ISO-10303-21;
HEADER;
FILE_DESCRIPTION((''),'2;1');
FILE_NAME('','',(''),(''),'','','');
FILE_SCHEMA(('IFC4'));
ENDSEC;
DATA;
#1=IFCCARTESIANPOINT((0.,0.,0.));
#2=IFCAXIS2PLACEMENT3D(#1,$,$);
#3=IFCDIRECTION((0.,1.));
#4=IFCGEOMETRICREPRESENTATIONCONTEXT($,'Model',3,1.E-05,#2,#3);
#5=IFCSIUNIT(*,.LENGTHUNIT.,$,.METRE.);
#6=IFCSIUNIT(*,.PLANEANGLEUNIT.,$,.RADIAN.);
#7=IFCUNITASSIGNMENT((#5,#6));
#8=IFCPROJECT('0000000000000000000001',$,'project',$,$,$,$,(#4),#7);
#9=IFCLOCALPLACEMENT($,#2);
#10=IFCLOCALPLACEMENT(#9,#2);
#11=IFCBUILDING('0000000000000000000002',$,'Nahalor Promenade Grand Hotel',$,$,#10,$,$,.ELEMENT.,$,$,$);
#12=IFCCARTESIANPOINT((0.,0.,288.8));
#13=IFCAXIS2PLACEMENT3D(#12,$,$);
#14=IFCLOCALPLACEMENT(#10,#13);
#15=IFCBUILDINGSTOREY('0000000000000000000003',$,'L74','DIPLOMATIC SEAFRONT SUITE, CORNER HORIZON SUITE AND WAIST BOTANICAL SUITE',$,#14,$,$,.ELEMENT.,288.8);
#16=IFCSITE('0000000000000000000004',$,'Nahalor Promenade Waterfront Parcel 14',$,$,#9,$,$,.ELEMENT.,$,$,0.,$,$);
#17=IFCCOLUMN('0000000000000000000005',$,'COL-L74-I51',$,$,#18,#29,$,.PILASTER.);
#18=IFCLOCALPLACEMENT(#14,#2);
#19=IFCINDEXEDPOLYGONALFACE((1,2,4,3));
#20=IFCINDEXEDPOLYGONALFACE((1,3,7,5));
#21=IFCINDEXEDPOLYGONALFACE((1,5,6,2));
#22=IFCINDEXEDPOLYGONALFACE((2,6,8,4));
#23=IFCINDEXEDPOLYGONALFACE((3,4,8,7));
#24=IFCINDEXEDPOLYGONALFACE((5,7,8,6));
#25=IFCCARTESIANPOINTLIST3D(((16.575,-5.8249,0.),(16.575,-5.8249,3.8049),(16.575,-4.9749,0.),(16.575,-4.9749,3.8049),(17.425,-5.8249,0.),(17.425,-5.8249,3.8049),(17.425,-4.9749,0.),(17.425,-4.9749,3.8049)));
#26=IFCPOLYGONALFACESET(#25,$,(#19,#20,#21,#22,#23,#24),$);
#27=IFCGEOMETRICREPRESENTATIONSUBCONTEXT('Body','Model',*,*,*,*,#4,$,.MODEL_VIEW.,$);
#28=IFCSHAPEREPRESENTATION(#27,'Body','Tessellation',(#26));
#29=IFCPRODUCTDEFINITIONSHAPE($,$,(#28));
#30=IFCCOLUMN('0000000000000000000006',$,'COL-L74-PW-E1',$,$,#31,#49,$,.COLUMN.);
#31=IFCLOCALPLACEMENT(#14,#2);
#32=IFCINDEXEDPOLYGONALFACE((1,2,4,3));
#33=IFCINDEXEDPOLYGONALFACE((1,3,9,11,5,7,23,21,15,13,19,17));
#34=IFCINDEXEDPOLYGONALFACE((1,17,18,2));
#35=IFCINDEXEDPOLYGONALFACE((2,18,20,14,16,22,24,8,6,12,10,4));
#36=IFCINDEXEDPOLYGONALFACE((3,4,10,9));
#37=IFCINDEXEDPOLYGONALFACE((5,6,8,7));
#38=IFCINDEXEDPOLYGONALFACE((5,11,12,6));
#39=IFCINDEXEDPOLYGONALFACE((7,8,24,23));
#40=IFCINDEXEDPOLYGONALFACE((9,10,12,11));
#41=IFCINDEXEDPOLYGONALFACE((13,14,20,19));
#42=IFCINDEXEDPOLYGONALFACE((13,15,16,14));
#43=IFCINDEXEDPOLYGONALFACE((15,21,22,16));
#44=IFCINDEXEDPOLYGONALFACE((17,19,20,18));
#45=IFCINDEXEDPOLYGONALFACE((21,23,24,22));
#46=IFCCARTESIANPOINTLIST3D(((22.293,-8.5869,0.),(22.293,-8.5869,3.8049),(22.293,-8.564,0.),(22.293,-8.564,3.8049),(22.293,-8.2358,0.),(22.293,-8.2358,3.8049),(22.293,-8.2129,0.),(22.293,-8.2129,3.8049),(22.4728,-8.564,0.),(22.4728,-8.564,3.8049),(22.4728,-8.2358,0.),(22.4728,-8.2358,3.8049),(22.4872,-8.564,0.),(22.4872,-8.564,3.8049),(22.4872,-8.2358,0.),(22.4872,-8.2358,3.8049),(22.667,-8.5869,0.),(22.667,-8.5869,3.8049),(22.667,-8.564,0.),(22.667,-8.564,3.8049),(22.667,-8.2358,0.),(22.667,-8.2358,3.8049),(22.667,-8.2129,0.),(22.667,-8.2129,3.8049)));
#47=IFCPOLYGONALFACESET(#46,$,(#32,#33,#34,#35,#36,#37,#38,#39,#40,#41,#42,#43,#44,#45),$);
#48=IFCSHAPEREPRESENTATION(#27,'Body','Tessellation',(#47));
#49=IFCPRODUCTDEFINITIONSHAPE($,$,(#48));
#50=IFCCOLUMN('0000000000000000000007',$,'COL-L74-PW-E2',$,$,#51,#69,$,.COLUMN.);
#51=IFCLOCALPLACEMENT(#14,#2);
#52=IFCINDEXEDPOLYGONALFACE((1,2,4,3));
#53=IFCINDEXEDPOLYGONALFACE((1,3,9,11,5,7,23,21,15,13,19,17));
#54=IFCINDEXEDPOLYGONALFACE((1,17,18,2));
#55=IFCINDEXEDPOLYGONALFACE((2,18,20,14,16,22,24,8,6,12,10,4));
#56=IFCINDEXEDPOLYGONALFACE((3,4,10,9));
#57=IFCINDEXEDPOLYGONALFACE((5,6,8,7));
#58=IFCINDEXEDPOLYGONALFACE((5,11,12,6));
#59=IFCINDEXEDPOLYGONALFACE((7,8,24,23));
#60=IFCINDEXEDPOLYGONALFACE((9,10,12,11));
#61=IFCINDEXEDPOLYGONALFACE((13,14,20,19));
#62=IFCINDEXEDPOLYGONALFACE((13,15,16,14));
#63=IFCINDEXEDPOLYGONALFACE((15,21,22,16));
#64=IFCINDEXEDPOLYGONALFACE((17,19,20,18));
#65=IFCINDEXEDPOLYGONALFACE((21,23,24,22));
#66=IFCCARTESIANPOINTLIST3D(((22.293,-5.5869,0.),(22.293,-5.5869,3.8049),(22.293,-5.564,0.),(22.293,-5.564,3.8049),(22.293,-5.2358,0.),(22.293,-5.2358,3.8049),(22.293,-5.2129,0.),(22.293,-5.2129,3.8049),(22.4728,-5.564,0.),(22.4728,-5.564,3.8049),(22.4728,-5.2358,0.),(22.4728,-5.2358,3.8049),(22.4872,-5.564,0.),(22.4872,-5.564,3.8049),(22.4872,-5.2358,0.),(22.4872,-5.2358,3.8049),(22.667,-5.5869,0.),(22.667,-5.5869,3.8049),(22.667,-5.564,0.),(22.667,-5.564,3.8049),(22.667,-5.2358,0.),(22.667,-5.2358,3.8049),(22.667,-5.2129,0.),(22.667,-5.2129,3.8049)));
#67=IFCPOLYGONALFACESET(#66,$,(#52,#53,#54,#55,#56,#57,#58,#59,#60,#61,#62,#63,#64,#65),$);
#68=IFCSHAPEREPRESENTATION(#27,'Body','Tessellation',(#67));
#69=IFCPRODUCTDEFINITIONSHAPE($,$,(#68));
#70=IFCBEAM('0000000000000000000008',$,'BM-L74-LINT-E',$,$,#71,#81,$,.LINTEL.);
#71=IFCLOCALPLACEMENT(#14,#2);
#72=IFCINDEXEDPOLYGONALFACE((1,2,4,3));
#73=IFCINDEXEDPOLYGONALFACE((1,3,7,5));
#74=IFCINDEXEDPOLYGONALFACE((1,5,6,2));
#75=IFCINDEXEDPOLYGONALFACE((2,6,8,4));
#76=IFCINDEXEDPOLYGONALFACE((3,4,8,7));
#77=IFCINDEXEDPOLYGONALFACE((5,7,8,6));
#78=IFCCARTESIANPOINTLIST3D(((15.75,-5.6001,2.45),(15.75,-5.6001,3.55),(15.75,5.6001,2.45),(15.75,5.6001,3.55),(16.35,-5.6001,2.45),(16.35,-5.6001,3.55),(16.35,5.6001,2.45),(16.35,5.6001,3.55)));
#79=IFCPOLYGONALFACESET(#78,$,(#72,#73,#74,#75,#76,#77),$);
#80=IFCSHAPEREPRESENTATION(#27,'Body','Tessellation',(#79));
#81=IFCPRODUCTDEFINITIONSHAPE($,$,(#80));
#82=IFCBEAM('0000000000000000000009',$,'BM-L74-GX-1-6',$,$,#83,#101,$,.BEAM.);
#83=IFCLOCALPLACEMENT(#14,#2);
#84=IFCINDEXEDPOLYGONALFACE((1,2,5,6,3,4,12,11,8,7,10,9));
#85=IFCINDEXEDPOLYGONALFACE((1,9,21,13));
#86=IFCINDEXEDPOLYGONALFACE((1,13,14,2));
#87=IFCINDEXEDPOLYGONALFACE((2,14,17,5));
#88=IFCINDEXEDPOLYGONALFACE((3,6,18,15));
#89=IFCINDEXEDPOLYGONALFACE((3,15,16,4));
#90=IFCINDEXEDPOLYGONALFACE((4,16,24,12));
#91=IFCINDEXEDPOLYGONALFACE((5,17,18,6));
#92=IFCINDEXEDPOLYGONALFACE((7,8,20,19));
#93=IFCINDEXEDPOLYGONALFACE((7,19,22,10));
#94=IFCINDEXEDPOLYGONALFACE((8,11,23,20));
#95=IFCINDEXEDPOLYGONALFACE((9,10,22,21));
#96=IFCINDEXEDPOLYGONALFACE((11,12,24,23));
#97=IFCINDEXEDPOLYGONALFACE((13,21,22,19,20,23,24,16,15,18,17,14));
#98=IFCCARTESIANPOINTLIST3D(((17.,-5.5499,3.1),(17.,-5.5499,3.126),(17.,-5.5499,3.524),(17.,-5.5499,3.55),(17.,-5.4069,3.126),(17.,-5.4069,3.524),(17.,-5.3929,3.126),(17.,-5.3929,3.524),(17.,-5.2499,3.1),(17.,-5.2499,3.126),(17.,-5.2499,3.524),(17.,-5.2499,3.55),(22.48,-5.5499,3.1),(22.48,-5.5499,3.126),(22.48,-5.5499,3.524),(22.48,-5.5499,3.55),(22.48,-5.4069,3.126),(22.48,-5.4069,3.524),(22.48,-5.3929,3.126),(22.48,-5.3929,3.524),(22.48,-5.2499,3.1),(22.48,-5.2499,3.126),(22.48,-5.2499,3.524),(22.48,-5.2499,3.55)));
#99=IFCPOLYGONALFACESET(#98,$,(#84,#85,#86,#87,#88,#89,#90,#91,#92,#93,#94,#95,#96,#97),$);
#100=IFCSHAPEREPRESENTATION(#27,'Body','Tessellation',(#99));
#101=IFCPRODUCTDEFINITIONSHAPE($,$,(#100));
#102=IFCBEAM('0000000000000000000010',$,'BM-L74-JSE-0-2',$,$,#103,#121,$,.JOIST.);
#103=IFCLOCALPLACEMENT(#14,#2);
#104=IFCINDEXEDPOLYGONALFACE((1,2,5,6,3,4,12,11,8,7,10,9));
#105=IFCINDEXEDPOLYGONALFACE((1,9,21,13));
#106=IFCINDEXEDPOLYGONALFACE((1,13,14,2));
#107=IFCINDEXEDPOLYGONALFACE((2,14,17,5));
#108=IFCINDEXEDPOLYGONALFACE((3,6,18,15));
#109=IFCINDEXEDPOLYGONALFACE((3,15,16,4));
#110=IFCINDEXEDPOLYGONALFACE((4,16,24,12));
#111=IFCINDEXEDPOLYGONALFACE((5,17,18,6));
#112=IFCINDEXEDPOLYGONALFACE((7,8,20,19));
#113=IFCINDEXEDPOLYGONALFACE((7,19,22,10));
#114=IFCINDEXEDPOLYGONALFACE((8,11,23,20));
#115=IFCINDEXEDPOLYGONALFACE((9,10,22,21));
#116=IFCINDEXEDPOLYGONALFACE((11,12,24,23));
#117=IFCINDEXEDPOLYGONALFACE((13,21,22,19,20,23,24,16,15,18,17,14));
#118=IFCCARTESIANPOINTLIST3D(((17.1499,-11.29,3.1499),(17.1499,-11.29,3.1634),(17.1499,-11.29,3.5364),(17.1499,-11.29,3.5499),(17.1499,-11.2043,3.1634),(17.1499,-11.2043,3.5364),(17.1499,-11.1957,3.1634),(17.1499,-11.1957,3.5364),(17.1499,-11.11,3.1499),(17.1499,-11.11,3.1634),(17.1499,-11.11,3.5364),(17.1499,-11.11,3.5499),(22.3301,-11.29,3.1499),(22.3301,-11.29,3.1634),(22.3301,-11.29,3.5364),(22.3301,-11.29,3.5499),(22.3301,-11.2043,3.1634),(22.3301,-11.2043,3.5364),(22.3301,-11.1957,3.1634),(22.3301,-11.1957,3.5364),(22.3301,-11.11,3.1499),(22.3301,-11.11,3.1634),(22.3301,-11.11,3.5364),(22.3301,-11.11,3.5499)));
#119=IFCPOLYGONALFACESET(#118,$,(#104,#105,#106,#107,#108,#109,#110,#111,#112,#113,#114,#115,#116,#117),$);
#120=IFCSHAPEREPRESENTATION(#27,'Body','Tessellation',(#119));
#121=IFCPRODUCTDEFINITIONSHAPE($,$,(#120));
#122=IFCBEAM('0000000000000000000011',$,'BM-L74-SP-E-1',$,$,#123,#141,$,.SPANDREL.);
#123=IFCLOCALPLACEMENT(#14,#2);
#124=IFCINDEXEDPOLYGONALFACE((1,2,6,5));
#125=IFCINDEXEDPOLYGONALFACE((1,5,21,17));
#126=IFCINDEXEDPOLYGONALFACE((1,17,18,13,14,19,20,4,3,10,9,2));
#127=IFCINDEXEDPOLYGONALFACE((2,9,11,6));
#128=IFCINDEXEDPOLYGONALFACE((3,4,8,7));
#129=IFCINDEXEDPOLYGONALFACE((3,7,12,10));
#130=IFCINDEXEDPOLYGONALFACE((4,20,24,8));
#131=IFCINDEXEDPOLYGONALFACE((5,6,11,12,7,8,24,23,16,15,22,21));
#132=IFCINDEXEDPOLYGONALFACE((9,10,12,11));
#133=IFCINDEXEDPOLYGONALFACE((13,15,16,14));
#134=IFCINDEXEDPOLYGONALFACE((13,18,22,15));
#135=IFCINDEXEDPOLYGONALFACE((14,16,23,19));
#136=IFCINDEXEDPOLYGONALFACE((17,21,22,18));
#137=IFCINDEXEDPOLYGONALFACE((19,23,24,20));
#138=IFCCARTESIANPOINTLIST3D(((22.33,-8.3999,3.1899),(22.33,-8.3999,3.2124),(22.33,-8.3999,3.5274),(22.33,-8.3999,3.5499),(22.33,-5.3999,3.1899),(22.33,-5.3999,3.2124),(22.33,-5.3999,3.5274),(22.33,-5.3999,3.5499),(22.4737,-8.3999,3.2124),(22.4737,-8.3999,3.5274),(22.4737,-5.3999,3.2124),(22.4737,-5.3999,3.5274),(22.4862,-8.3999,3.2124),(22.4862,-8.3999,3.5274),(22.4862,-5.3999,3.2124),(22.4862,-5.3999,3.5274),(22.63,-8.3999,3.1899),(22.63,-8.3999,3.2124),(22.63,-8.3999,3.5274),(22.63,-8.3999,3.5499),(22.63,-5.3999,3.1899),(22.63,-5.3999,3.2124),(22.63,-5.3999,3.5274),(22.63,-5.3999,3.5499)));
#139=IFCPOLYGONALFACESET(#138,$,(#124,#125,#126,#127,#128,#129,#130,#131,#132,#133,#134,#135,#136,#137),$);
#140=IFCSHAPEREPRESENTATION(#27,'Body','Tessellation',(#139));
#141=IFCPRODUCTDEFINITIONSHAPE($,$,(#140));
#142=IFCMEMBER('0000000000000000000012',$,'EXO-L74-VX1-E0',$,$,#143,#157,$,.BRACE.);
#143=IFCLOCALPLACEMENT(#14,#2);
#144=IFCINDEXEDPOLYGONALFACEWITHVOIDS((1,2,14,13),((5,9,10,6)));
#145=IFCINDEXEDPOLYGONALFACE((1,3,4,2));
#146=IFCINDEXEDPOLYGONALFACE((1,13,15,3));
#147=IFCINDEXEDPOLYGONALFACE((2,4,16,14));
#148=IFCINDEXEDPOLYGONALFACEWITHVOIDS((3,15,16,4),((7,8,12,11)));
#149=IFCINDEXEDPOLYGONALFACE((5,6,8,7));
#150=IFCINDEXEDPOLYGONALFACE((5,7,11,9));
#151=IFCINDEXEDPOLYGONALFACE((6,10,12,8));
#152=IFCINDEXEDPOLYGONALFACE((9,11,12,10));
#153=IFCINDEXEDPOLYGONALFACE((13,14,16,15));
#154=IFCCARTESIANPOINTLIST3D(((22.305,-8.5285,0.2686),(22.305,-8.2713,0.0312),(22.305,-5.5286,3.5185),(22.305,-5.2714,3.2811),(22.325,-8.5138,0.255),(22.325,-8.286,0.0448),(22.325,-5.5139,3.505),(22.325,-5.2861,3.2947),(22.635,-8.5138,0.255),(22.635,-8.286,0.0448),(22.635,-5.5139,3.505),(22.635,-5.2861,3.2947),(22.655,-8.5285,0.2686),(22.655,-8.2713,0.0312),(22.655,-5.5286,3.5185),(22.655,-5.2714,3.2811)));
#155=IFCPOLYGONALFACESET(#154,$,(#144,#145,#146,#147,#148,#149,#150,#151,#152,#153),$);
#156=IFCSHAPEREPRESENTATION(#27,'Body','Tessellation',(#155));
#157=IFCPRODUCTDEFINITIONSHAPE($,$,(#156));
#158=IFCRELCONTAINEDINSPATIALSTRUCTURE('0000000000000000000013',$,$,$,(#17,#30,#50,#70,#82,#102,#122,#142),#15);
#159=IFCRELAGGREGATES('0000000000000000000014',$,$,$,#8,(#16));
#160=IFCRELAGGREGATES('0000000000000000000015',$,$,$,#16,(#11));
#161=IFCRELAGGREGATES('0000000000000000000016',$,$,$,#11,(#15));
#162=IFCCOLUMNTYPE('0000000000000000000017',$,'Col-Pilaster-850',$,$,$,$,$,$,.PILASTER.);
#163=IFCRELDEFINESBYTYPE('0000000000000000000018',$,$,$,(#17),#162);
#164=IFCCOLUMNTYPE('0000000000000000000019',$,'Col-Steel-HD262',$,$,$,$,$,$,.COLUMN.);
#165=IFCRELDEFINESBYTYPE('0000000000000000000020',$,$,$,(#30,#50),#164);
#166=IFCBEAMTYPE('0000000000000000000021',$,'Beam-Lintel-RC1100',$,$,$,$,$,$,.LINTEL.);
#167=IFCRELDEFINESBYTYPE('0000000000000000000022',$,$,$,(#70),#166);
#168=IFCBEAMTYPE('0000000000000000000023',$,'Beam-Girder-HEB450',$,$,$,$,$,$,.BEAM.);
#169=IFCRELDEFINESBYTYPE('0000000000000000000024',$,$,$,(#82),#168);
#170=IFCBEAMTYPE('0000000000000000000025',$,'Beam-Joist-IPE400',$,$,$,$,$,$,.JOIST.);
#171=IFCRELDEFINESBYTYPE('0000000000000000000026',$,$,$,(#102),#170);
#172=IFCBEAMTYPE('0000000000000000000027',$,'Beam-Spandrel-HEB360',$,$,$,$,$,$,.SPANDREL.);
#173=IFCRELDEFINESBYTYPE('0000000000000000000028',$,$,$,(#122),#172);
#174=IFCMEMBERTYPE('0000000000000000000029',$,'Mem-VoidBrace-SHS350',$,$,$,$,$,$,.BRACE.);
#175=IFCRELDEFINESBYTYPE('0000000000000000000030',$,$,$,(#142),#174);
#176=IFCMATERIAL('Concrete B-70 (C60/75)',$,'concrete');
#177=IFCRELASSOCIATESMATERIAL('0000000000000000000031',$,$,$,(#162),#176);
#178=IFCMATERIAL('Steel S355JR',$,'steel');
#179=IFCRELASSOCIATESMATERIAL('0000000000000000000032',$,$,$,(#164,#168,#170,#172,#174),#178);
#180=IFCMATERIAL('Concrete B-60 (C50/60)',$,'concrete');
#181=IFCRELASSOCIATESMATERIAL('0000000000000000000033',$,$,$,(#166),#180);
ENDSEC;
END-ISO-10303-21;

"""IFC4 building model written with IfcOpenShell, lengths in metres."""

from ifc_helpers import new_model, si_unit, direction, frame, origin, origin_2d, place, context, subcontext, project, spatial, rectangle, hollow_rectangle, i_section, extrude, source, transform, mapped, material, material_profile, profile_set, type_object, element, save


model = new_model("IFC4")

# Units and contexts
model_context = context("Model", 3, precision=1e-05, world=origin(), true_north=direction((0.0, 1.0)))
body_context = subcontext(model_context, "Body", "Model", "MODEL_VIEW")
ifc_project = project(units=[si_unit("LENGTHUNIT", "METRE"), si_unit("PLANEANGLEUNIT", "RADIAN")], contexts=[model_context])

# Site, building, storey
site_placement = place(None, origin())
site = spatial("IfcSite", under=ifc_project, at=site_placement, Name="Nahalor Promenade Waterfront Parcel 14", CompositionType="ELEMENT", RefElevation=0.0)
building_placement = place(site_placement, origin())
building = spatial("IfcBuilding", under=site, at=building_placement, Name="Nahalor Promenade Grand Hotel", CompositionType="ELEMENT")
storey_placement = place(building_placement, frame((0.0, 0.0, 288.8)))
storey = spatial("IfcBuildingStorey", under=building, at=storey_placement, Name="L74", Description="DIPLOMATIC SEAFRONT SUITE, CORNER HORIZON SUITE AND WAIST BOTANICAL SUITE", CompositionType="ELEMENT", Elevation=288.8)

# Columns
ifc_material_1 = material(Name="Concrete B-70 (C60/75)", Category="concrete")
ifc_material_profile_1 = material_profile(ifc_material_1, rectangle(XDim=0.85, YDim=0.85, at=origin_2d()), Name="RC 850x850")
ifc_profile_set_1 = profile_set([ifc_material_profile_1], Name="Concrete B-70 (C60/75)")
column_type_1 = type_object("IfcColumnType", Name="Col-Pilaster-850", PredefinedType="PILASTER", material=ifc_profile_set_1)
shared_shape_1 = source(origin(), body_context, "Body", "SweptSolid", [
    extrude(rectangle(XDim=0.85, YDim=0.85, at=origin_2d()), origin(), (0.0, 0.0, 1.0), 3.8049),
])
column_placement = place(storey_placement, frame((17.0, -5.3999, 0.0), z_axis=(0.0, 0.0, 1.0), x_axis=(1.0, 0.0, 0.0)))
element("IfcColumn", 1, at=column_placement, inside=storey, type_object=column_type_1, Name="COL-L74-I51", PredefinedType="PILASTER", context=body_context, shape_type="MappedRepresentation", body=[
    mapped(shared_shape_1, transform((0.0, 0.0, 0.0), scale=1.0)),
])
ifc_material_2 = material(Name="Steel S355JR", Category="steel")
ifc_material_profile_2 = material_profile(ifc_material_2, i_section(OverallWidth=0.374, OverallDepth=0.374, WebThickness=0.0144, FlangeThickness=0.0229, at=origin_2d()), Name="HD 360x262")
ifc_profile_set_2 = profile_set([ifc_material_profile_2], Name="Steel S355JR")
column_type_2 = type_object("IfcColumnType", Name="Col-Steel-HD262", PredefinedType="COLUMN", material=ifc_profile_set_2)
shared_shape_2 = source(origin(), body_context, "Body", "SweptSolid", [
    extrude(i_section(OverallWidth=0.374, OverallDepth=0.374, WebThickness=0.0144, FlangeThickness=0.0229, at=origin_2d()), origin(), (0.0, 0.0, 1.0), 3.8049),
])
for number, where, z_axis, x_axis, name in (
    (2, (22.48, -8.3999, 0.0), (0.0, 0.0, 1.0), (1.0, 0.0, 0.0), "COL-L74-PW-E1"),
    (3, (22.48, -5.3999, 0.0), (0.0, 0.0, 1.0), (1.0, 0.0, 0.0), "COL-L74-PW-E2"),
):
    element("IfcColumn", number, at=place(storey_placement, frame(where, z_axis=z_axis, x_axis=x_axis)), inside=storey, type_object=column_type_2, Name=name, PredefinedType="COLUMN", context=body_context, shape_type="MappedRepresentation", body=[
        mapped(shared_shape_2, transform((0.0, 0.0, 0.0), scale=1.0)),
    ])

# Beams
ifc_material_3 = material(Name="Concrete B-60 (C50/60)", Category="concrete")
ifc_material_profile_3 = material_profile(ifc_material_3, rectangle(XDim=0.6, YDim=1.1, at=origin_2d()), Name="RC 600x1100")
ifc_profile_set_3 = profile_set([ifc_material_profile_3], Name="Concrete B-60 (C50/60)")
beam_type_1 = type_object("IfcBeamType", Name="Beam-Lintel-RC1100", PredefinedType="LINTEL", material=ifc_profile_set_3)
shared_shape_3 = source(origin(), body_context, "Body", "SweptSolid", [
    extrude(rectangle(XDim=0.6, YDim=1.1, at=origin_2d()), origin(), (0.0, 0.0, 1.0), 11.2002),
])
beam_1_placement = place(storey_placement, frame((16.05, -5.6001, 3.0), z_axis=(0.0, 1.0, 0.0), x_axis=(-1.0, 0.0, 0.0)))
element("IfcBeam", 4, at=beam_1_placement, inside=storey, type_object=beam_type_1, Name="BM-L74-LINT-E", PredefinedType="LINTEL", context=body_context, shape_type="MappedRepresentation", body=[
    mapped(shared_shape_3, transform((0.0, 0.0, 0.0), scale=1.0)),
])
ifc_material_profile_4 = material_profile(ifc_material_2, i_section(OverallWidth=0.3, OverallDepth=0.45, WebThickness=0.014, FlangeThickness=0.026, at=origin_2d()), Name="HEB 450")
ifc_profile_set_4 = profile_set([ifc_material_profile_4], Name="Steel S355JR")
beam_type_2 = type_object("IfcBeamType", Name="Beam-Girder-HEB450", PredefinedType="BEAM", material=ifc_profile_set_4)
shared_shape_4 = source(origin(), body_context, "Body", "SweptSolid", [
    extrude(i_section(OverallWidth=0.3, OverallDepth=0.45, WebThickness=0.014, FlangeThickness=0.026, at=origin_2d()), origin(), (0.0, 0.0, 1.0), 5.48),
])
beam_2_placement = place(storey_placement, frame((17.0, -5.3999, 3.325), z_axis=(1.0, 0.0, 0.0), x_axis=(0.0, 1.0, 0.0)))
element("IfcBeam", 5, at=beam_2_placement, inside=storey, type_object=beam_type_2, Name="BM-L74-GX-1-6", PredefinedType="BEAM", context=body_context, shape_type="MappedRepresentation", body=[
    mapped(shared_shape_4, transform((0.0, 0.0, 0.0), scale=1.0)),
])
ifc_material_profile_5 = material_profile(ifc_material_2, i_section(OverallWidth=0.18, OverallDepth=0.4, WebThickness=0.0086, FlangeThickness=0.0135, at=origin_2d()), Name="IPE 400")
ifc_profile_set_5 = profile_set([ifc_material_profile_5], Name="Steel S355JR")
beam_type_3 = type_object("IfcBeamType", Name="Beam-Joist-IPE400", PredefinedType="JOIST", material=ifc_profile_set_5)
shared_shape_5 = source(origin(), body_context, "Body", "SweptSolid", [
    extrude(i_section(OverallWidth=0.18, OverallDepth=0.4, WebThickness=0.0086, FlangeThickness=0.0135, at=origin_2d()), origin(), (0.0, 0.0, 1.0), 5.1802),
])
beam_3_placement = place(storey_placement, frame((17.1499, -11.2, 3.3499), z_axis=(1.0, 0.0, 0.0), x_axis=(0.0, 1.0, 0.0)))
element("IfcBeam", 6, at=beam_3_placement, inside=storey, type_object=beam_type_3, Name="BM-L74-JSE-0-2", PredefinedType="JOIST", context=body_context, shape_type="MappedRepresentation", body=[
    mapped(shared_shape_5, transform((0.0, 0.0, 0.0), scale=1.0)),
])
ifc_material_profile_6 = material_profile(ifc_material_2, i_section(OverallWidth=0.3, OverallDepth=0.36, WebThickness=0.0125, FlangeThickness=0.0225, at=origin_2d()), Name="HEB 360")
ifc_profile_set_6 = profile_set([ifc_material_profile_6], Name="Steel S355JR")
beam_type_4 = type_object("IfcBeamType", Name="Beam-Spandrel-HEB360", PredefinedType="SPANDREL", material=ifc_profile_set_6)
shared_shape_6 = source(origin(), body_context, "Body", "SweptSolid", [
    extrude(i_section(OverallWidth=0.3, OverallDepth=0.36, WebThickness=0.0125, FlangeThickness=0.0225, at=origin_2d()), origin(), (0.0, 0.0, 1.0), 3.0),
])
beam_4_placement = place(storey_placement, frame((22.48, -8.3999, 3.3699), z_axis=(0.0, 1.0, 0.0), x_axis=(-1.0, 0.0, 0.0)))
element("IfcBeam", 7, at=beam_4_placement, inside=storey, type_object=beam_type_4, Name="BM-L74-SP-E-1", PredefinedType="SPANDREL", context=body_context, shape_type="MappedRepresentation", body=[
    mapped(shared_shape_6, transform((0.0, 0.0, 0.0), scale=1.0)),
])

# Member
ifc_material_profile_7 = material_profile(ifc_material_2, hollow_rectangle(XDim=0.35, YDim=0.35, WallThickness=0.02, at=origin_2d()), Name="SHS 350x350x20")
ifc_profile_set_7 = profile_set([ifc_material_profile_7], Name="Steel S355JR")
member_type_1 = type_object("IfcMemberType", Name="Mem-VoidBrace-SHS350", PredefinedType="BRACE", material=ifc_profile_set_7)
shared_shape_7 = source(origin(), body_context, "Body", "SweptSolid", [
    extrude(hollow_rectangle(XDim=0.35, YDim=0.35, WallThickness=0.02, at=origin_2d()), origin(), (0.0, 0.0, 1.0), 4.4229),
])
member_1_placement = place(storey_placement, frame((22.48, -8.3999, 0.1499), z_axis=(0.0, 0.67828, 0.734803), x_axis=(-1.0, 0.0, 0.0)))
element("IfcMember", 8, at=member_1_placement, inside=storey, type_object=member_type_1, Name="EXO-L74-VX1-E0", PredefinedType="BRACE", context=body_context, shape_type="MappedRepresentation", body=[
    mapped(shared_shape_7, transform((0.0, 0.0, 0.0), scale=1.0)),
])

save(model, "model.ifc")
